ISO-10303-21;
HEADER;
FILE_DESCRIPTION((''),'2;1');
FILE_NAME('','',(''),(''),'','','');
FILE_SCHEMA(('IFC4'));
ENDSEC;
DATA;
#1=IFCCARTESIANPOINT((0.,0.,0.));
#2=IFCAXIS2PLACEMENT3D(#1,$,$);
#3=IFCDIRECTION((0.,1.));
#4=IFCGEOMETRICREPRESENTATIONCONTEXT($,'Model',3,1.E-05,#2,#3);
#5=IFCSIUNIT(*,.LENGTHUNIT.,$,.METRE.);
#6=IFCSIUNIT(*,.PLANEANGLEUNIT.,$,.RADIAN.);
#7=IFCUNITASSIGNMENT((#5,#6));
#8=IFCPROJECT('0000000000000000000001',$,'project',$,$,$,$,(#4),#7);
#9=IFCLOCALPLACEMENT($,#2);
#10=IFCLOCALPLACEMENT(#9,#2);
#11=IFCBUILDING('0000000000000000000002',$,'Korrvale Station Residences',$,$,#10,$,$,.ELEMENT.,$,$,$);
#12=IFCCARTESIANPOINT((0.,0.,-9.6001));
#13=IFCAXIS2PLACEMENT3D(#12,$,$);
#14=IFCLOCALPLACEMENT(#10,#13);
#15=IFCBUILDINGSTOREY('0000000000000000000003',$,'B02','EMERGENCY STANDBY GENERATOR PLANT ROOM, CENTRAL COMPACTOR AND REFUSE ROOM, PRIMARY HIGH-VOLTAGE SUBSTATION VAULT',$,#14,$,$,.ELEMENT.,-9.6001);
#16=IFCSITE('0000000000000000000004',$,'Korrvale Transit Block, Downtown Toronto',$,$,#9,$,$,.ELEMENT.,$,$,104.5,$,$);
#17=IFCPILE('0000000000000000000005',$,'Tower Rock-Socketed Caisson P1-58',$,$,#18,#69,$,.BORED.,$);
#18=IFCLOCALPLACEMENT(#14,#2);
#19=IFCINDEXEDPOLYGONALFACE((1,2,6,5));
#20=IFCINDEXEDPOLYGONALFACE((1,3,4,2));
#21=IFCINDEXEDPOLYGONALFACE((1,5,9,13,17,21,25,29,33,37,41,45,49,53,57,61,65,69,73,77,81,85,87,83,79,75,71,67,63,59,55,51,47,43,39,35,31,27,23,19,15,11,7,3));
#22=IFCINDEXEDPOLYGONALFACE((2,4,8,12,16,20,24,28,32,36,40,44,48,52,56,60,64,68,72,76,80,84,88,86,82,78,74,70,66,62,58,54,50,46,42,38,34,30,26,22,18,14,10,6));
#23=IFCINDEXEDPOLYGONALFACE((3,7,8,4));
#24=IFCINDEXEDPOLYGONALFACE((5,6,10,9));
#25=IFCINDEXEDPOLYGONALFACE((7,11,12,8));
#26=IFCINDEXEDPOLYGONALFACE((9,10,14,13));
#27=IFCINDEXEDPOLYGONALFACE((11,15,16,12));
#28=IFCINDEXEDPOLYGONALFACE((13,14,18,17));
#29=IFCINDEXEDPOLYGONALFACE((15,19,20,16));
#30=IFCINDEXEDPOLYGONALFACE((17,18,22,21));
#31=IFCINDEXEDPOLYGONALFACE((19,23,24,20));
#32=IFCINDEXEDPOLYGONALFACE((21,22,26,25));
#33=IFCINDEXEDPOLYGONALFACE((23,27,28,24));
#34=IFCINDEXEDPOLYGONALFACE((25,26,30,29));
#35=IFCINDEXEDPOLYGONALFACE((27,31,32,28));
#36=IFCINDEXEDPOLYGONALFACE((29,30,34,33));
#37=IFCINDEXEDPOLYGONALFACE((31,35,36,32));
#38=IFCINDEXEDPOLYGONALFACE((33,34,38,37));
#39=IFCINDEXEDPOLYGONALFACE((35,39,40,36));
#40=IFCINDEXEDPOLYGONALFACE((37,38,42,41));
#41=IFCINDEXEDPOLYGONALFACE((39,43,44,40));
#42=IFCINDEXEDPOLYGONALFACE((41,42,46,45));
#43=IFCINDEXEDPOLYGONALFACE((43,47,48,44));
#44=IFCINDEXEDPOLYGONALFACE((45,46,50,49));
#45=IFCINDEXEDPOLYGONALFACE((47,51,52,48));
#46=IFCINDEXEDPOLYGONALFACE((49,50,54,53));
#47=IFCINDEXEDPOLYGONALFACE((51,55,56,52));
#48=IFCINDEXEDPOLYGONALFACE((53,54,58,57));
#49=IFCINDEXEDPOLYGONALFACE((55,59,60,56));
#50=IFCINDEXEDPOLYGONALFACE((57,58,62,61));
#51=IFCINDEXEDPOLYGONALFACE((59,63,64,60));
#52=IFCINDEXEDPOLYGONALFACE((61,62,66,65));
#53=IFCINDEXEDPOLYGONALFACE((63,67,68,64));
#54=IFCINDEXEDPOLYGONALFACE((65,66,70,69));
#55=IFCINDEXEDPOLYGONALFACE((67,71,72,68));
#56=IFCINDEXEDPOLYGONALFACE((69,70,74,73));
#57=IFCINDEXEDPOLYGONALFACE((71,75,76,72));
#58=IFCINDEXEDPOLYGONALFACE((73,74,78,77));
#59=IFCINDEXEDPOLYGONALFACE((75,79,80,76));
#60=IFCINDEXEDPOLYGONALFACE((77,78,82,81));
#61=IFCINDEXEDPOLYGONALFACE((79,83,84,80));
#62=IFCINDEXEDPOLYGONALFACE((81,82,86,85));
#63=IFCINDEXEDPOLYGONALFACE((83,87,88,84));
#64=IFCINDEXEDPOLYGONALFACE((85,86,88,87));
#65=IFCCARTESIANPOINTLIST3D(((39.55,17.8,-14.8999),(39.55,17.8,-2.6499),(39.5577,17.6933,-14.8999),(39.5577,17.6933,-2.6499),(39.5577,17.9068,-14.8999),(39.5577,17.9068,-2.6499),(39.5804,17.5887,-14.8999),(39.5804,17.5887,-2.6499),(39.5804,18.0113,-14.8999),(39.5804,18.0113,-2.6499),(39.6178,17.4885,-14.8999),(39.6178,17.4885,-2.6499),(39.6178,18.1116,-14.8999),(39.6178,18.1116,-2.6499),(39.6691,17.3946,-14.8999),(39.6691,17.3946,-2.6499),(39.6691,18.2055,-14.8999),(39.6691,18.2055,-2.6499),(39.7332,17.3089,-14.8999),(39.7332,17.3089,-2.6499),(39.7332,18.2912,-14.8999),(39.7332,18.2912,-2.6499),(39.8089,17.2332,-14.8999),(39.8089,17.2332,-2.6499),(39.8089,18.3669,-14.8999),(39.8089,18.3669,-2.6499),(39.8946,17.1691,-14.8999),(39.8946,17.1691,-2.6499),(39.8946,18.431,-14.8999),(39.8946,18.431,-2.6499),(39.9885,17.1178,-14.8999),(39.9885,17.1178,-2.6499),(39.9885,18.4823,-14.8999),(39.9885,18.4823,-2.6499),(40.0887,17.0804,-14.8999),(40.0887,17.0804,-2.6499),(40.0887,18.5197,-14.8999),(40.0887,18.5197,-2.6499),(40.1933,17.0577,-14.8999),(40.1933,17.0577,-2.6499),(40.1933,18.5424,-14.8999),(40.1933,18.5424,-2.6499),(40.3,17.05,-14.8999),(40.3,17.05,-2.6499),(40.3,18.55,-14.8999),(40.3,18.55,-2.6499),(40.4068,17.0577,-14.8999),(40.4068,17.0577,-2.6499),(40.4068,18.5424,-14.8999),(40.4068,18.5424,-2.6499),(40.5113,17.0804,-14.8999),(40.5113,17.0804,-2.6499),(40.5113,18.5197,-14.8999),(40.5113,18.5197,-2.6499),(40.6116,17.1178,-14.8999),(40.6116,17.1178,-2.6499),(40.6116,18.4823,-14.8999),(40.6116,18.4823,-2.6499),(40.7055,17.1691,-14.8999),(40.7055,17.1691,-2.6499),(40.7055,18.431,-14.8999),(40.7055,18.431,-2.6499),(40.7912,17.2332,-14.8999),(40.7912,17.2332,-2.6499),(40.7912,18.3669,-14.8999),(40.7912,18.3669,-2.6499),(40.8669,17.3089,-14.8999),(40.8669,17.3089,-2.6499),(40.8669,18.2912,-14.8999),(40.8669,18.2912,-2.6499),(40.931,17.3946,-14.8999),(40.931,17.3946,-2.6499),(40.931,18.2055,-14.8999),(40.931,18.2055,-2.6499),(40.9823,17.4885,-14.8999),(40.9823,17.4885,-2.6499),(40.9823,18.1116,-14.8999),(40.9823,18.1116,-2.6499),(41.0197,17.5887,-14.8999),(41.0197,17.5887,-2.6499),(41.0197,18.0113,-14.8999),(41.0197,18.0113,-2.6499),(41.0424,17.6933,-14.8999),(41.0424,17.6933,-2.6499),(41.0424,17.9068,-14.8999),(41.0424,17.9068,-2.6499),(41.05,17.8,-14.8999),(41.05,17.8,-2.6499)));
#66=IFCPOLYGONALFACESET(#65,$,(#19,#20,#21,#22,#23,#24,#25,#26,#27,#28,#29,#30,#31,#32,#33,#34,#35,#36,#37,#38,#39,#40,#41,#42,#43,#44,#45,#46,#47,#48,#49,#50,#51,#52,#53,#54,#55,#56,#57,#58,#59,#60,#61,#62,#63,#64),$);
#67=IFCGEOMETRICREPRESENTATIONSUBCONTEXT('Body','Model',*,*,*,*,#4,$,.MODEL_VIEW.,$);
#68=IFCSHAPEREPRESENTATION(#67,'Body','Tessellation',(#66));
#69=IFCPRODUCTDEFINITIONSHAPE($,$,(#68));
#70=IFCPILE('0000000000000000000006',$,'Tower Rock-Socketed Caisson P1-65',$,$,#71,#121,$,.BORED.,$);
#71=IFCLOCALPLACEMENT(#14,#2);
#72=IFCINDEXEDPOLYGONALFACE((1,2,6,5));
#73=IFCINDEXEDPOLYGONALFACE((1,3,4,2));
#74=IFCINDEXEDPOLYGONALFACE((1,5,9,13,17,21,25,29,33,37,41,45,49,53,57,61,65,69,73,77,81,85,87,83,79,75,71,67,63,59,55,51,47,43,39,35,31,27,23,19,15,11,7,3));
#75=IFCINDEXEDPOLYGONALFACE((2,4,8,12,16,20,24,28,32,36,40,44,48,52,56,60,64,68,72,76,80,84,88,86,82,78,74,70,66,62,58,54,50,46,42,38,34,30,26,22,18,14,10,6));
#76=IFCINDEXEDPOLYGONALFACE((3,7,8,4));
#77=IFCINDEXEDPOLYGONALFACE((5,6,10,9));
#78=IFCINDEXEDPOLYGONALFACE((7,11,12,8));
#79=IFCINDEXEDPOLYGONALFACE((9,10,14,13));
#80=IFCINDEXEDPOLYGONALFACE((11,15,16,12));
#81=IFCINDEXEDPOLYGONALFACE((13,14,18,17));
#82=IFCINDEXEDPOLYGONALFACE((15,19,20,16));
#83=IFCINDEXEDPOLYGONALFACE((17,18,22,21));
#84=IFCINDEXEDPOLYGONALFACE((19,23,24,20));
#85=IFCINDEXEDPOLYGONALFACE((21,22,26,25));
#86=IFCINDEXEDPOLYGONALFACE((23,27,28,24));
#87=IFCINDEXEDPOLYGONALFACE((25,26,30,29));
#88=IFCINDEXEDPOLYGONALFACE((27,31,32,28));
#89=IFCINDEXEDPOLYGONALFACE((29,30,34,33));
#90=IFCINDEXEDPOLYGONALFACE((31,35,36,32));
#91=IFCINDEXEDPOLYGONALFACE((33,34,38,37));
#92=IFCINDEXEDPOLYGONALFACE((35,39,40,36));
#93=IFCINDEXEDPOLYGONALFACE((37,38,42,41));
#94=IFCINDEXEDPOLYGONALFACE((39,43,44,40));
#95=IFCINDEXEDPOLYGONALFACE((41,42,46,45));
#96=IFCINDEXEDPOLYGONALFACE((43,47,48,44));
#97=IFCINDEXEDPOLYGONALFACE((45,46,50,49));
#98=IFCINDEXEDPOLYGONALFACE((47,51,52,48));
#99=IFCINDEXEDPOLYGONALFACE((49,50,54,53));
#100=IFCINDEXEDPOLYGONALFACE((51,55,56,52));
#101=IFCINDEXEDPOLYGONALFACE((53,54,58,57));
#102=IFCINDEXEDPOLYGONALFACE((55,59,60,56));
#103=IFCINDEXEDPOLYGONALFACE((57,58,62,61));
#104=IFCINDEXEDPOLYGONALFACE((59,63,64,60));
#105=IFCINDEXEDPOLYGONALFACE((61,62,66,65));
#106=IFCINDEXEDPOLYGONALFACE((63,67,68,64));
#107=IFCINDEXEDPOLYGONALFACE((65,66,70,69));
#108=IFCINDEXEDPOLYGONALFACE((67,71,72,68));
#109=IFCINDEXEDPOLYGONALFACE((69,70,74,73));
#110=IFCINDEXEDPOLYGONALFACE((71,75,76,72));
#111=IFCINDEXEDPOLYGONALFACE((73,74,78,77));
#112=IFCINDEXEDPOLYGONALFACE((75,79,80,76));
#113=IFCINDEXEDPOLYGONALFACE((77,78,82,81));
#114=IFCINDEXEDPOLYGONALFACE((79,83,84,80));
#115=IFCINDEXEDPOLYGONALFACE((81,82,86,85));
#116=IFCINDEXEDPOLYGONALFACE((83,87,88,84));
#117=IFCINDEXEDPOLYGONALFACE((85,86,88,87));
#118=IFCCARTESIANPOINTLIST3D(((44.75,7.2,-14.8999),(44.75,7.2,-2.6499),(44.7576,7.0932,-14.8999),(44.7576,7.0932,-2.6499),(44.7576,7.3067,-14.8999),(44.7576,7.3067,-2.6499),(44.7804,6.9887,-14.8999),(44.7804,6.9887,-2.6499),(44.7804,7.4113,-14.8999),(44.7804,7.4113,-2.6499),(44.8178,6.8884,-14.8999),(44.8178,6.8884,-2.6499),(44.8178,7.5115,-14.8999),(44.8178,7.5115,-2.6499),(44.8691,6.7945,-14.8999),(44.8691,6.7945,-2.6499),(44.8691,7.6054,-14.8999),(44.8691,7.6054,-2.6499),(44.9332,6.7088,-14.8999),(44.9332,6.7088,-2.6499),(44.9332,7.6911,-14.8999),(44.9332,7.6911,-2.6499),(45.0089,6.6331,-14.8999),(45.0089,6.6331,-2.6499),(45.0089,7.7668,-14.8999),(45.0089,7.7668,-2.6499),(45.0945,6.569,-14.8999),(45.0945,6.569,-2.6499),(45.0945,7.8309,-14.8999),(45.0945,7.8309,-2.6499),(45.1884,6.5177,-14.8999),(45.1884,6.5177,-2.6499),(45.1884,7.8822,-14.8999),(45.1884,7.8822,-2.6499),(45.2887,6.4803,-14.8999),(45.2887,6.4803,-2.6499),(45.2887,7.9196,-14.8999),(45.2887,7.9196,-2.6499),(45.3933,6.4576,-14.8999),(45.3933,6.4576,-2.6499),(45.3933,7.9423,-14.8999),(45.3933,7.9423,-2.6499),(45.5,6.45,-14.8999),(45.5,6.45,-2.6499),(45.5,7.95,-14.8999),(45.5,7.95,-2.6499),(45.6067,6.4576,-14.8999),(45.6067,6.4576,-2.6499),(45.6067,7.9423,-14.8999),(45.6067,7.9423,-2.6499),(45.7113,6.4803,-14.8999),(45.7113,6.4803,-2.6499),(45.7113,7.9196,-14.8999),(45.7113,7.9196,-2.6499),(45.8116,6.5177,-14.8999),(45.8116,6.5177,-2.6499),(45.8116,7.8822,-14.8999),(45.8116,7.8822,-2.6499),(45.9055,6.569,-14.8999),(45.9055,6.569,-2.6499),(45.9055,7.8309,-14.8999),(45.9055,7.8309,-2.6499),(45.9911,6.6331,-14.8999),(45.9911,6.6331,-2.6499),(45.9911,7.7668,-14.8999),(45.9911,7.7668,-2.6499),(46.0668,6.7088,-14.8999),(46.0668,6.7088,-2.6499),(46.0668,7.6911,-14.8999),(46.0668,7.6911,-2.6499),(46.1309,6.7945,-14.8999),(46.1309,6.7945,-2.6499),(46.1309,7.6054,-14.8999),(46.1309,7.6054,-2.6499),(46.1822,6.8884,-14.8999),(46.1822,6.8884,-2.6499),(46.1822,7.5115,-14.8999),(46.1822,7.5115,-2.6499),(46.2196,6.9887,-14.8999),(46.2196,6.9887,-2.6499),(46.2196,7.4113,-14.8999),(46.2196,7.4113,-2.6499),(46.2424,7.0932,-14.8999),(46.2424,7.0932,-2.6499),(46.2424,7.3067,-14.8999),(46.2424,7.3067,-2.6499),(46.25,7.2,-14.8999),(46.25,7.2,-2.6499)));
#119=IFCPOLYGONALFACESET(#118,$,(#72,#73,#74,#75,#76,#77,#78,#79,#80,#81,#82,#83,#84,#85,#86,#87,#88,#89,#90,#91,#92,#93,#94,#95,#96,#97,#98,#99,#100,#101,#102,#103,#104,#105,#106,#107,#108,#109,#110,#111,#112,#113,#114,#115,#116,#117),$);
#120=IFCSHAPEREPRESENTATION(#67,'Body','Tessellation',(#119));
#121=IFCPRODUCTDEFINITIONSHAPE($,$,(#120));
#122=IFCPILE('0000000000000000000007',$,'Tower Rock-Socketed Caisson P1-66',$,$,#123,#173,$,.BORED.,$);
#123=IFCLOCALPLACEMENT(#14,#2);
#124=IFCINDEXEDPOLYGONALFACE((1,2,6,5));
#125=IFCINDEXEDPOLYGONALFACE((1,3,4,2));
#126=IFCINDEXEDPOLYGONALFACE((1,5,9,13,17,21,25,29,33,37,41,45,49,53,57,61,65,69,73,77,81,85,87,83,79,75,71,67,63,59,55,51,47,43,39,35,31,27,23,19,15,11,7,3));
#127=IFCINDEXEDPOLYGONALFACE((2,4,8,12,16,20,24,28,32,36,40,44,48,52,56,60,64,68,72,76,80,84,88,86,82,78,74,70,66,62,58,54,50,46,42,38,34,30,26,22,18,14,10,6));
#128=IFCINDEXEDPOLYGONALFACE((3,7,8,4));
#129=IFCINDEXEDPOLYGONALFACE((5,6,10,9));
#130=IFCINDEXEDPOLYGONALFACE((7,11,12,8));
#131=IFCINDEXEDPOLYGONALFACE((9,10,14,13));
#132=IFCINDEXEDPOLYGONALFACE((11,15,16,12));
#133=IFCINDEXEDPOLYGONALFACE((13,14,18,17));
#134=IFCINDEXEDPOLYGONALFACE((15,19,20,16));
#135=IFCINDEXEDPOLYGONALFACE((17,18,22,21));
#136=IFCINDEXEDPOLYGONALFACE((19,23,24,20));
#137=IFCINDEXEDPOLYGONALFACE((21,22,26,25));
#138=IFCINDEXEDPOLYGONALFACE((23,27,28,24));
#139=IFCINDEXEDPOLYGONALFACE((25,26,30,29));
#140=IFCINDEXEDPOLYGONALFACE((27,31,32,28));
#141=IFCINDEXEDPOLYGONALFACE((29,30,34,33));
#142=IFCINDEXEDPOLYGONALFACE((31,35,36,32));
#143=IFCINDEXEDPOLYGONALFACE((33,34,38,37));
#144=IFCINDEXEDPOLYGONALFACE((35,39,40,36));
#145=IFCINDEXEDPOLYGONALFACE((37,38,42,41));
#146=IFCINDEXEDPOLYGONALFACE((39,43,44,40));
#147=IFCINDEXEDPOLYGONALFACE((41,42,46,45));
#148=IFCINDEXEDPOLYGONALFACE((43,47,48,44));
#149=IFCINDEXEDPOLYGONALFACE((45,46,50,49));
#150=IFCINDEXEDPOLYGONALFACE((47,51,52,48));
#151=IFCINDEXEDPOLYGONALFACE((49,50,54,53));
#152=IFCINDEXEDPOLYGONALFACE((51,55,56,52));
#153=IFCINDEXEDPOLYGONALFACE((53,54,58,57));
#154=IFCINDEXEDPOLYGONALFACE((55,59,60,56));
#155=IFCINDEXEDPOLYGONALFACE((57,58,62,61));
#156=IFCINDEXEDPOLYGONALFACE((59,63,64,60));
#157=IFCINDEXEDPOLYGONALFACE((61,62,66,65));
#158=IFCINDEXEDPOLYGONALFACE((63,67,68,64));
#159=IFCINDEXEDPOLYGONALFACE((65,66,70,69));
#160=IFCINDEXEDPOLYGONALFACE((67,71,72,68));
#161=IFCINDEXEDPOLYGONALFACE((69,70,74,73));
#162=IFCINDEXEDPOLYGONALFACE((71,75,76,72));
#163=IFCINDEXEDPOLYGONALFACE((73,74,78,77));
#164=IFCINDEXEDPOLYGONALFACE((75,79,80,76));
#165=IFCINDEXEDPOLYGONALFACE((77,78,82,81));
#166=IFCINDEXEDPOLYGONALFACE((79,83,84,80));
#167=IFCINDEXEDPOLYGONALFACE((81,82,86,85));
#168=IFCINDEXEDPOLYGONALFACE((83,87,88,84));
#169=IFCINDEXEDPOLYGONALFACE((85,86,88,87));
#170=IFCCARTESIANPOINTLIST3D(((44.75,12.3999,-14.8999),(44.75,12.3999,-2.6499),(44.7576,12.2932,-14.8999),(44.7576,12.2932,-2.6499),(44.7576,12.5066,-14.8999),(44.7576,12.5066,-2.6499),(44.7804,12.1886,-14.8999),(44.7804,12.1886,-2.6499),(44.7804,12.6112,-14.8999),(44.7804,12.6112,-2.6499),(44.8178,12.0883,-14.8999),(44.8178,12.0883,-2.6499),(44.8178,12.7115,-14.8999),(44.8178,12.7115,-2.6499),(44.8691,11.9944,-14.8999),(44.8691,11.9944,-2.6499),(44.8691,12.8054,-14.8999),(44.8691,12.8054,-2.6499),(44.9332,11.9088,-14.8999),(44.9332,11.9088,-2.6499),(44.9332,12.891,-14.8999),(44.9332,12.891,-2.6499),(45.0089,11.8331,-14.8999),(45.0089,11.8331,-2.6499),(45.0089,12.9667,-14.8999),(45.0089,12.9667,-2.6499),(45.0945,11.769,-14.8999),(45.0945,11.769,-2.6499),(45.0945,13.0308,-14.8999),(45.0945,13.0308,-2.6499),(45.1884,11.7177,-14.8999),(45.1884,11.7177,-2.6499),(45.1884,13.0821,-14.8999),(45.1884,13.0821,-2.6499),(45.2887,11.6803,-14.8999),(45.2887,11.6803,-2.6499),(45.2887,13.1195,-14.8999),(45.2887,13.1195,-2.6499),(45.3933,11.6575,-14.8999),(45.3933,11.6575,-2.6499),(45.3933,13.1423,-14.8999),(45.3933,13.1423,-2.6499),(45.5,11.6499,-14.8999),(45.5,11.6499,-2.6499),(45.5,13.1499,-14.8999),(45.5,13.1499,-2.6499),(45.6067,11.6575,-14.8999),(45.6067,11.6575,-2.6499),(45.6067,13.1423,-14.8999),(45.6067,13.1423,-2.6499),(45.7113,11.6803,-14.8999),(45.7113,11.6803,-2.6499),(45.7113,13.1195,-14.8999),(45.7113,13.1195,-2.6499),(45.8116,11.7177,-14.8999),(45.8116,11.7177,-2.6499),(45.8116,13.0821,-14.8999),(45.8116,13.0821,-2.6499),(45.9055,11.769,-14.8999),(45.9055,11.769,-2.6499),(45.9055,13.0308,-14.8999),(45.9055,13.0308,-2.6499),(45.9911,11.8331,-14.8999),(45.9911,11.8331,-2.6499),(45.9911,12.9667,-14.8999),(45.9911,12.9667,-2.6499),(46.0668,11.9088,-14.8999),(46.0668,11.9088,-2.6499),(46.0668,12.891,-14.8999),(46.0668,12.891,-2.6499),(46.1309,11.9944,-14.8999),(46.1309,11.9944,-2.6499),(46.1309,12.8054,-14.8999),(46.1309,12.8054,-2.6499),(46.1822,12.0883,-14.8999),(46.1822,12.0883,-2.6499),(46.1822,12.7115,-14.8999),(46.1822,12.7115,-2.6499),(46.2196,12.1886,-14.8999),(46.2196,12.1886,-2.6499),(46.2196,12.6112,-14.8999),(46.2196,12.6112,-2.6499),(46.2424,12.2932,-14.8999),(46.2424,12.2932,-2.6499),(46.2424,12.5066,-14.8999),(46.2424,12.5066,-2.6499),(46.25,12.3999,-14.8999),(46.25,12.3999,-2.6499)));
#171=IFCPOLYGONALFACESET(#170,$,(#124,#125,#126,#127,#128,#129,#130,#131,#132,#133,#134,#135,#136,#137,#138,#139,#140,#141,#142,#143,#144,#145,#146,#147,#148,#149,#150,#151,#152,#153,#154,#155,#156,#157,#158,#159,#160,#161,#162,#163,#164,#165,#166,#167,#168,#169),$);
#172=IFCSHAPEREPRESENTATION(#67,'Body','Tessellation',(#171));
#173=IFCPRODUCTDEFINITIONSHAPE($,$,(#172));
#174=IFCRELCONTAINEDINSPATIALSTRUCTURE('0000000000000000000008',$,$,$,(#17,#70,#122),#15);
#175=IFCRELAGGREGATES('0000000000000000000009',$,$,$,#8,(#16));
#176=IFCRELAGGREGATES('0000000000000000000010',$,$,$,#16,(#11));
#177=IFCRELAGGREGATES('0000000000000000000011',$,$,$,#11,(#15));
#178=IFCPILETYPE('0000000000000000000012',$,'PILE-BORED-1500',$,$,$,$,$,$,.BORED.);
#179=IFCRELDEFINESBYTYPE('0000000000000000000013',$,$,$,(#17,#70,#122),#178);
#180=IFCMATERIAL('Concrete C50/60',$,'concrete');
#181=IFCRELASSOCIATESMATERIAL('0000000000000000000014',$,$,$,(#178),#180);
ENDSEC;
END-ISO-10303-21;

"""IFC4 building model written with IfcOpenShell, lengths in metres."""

from ifc_helpers import new_model, si_unit, direction, frame, origin, origin_2d, place, context, subcontext, project, spatial, circle, extrude, material, material_profile, profile_set, type_object, element, save


model = new_model("IFC4")

# Units and contexts
model_context = context("Model", 3, precision=1e-05, world=origin(), true_north=direction((0.0, 1.0)))
body_context = subcontext(model_context, "Body", "Model", "MODEL_VIEW")
ifc_project = project(units=[si_unit("LENGTHUNIT", "METRE"), si_unit("PLANEANGLEUNIT", "RADIAN")], contexts=[model_context])

# Site, building, storey
site_placement = place(None, origin())
site = spatial("IfcSite", under=ifc_project, at=site_placement, Name="Korrvale Transit Block, Downtown Toronto", CompositionType="ELEMENT", RefElevation=104.5)
building_placement = place(site_placement, origin())
building = spatial("IfcBuilding", under=site, at=building_placement, Name="Korrvale Station Residences", CompositionType="ELEMENT")
storey_placement = place(building_placement, frame((0.0, 0.0, -9.6001)))
storey = spatial("IfcBuildingStorey", under=building, at=storey_placement, Name="B02", Description="EMERGENCY STANDBY GENERATOR PLANT ROOM, CENTRAL COMPACTOR AND REFUSE ROOM, PRIMARY HIGH-VOLTAGE SUBSTATION VAULT", CompositionType="ELEMENT", Elevation=-9.6001)

# Piles
ifc_material_1 = material(Name="Concrete C50/60", Category="concrete")
ifc_material_profile_1 = material_profile(ifc_material_1, circle(Radius=0.75, at=origin_2d()), Name="PILE1500")
ifc_profile_set_1 = profile_set([ifc_material_profile_1], Name="Concrete C50/60")
pile_type_1 = type_object("IfcPileType", Name="PILE-BORED-1500", PredefinedType="BORED", material=ifc_profile_set_1)
for number, where, z_axis, x_axis, name in (
    (1, (40.3, 17.8, -2.6499), (0.0, 0.0, -1.0), (1.0, 0.0, 0.0), "Tower Rock-Socketed Caisson P1-58"),
    (2, (45.5, 7.2, -2.6499), (0.0, 0.0, -1.0), (1.0, 0.0, 0.0), "Tower Rock-Socketed Caisson P1-65"),
    (3, (45.5, 12.3999, -2.6499), (0.0, 0.0, -1.0), (1.0, 0.0, 0.0), "Tower Rock-Socketed Caisson P1-66"),
):
    element("IfcPile", number, at=place(storey_placement, frame(where, z_axis=z_axis, x_axis=x_axis)), inside=storey, type_object=pile_type_1, Name=name, PredefinedType="BORED", context=body_context, shape_type="SweptSolid", body=[
        extrude(circle(Radius=0.75, at=origin_2d()), origin(), (0.0, 0.0, 1.0), 12.25),
    ])

save(model, "model.ifc")
